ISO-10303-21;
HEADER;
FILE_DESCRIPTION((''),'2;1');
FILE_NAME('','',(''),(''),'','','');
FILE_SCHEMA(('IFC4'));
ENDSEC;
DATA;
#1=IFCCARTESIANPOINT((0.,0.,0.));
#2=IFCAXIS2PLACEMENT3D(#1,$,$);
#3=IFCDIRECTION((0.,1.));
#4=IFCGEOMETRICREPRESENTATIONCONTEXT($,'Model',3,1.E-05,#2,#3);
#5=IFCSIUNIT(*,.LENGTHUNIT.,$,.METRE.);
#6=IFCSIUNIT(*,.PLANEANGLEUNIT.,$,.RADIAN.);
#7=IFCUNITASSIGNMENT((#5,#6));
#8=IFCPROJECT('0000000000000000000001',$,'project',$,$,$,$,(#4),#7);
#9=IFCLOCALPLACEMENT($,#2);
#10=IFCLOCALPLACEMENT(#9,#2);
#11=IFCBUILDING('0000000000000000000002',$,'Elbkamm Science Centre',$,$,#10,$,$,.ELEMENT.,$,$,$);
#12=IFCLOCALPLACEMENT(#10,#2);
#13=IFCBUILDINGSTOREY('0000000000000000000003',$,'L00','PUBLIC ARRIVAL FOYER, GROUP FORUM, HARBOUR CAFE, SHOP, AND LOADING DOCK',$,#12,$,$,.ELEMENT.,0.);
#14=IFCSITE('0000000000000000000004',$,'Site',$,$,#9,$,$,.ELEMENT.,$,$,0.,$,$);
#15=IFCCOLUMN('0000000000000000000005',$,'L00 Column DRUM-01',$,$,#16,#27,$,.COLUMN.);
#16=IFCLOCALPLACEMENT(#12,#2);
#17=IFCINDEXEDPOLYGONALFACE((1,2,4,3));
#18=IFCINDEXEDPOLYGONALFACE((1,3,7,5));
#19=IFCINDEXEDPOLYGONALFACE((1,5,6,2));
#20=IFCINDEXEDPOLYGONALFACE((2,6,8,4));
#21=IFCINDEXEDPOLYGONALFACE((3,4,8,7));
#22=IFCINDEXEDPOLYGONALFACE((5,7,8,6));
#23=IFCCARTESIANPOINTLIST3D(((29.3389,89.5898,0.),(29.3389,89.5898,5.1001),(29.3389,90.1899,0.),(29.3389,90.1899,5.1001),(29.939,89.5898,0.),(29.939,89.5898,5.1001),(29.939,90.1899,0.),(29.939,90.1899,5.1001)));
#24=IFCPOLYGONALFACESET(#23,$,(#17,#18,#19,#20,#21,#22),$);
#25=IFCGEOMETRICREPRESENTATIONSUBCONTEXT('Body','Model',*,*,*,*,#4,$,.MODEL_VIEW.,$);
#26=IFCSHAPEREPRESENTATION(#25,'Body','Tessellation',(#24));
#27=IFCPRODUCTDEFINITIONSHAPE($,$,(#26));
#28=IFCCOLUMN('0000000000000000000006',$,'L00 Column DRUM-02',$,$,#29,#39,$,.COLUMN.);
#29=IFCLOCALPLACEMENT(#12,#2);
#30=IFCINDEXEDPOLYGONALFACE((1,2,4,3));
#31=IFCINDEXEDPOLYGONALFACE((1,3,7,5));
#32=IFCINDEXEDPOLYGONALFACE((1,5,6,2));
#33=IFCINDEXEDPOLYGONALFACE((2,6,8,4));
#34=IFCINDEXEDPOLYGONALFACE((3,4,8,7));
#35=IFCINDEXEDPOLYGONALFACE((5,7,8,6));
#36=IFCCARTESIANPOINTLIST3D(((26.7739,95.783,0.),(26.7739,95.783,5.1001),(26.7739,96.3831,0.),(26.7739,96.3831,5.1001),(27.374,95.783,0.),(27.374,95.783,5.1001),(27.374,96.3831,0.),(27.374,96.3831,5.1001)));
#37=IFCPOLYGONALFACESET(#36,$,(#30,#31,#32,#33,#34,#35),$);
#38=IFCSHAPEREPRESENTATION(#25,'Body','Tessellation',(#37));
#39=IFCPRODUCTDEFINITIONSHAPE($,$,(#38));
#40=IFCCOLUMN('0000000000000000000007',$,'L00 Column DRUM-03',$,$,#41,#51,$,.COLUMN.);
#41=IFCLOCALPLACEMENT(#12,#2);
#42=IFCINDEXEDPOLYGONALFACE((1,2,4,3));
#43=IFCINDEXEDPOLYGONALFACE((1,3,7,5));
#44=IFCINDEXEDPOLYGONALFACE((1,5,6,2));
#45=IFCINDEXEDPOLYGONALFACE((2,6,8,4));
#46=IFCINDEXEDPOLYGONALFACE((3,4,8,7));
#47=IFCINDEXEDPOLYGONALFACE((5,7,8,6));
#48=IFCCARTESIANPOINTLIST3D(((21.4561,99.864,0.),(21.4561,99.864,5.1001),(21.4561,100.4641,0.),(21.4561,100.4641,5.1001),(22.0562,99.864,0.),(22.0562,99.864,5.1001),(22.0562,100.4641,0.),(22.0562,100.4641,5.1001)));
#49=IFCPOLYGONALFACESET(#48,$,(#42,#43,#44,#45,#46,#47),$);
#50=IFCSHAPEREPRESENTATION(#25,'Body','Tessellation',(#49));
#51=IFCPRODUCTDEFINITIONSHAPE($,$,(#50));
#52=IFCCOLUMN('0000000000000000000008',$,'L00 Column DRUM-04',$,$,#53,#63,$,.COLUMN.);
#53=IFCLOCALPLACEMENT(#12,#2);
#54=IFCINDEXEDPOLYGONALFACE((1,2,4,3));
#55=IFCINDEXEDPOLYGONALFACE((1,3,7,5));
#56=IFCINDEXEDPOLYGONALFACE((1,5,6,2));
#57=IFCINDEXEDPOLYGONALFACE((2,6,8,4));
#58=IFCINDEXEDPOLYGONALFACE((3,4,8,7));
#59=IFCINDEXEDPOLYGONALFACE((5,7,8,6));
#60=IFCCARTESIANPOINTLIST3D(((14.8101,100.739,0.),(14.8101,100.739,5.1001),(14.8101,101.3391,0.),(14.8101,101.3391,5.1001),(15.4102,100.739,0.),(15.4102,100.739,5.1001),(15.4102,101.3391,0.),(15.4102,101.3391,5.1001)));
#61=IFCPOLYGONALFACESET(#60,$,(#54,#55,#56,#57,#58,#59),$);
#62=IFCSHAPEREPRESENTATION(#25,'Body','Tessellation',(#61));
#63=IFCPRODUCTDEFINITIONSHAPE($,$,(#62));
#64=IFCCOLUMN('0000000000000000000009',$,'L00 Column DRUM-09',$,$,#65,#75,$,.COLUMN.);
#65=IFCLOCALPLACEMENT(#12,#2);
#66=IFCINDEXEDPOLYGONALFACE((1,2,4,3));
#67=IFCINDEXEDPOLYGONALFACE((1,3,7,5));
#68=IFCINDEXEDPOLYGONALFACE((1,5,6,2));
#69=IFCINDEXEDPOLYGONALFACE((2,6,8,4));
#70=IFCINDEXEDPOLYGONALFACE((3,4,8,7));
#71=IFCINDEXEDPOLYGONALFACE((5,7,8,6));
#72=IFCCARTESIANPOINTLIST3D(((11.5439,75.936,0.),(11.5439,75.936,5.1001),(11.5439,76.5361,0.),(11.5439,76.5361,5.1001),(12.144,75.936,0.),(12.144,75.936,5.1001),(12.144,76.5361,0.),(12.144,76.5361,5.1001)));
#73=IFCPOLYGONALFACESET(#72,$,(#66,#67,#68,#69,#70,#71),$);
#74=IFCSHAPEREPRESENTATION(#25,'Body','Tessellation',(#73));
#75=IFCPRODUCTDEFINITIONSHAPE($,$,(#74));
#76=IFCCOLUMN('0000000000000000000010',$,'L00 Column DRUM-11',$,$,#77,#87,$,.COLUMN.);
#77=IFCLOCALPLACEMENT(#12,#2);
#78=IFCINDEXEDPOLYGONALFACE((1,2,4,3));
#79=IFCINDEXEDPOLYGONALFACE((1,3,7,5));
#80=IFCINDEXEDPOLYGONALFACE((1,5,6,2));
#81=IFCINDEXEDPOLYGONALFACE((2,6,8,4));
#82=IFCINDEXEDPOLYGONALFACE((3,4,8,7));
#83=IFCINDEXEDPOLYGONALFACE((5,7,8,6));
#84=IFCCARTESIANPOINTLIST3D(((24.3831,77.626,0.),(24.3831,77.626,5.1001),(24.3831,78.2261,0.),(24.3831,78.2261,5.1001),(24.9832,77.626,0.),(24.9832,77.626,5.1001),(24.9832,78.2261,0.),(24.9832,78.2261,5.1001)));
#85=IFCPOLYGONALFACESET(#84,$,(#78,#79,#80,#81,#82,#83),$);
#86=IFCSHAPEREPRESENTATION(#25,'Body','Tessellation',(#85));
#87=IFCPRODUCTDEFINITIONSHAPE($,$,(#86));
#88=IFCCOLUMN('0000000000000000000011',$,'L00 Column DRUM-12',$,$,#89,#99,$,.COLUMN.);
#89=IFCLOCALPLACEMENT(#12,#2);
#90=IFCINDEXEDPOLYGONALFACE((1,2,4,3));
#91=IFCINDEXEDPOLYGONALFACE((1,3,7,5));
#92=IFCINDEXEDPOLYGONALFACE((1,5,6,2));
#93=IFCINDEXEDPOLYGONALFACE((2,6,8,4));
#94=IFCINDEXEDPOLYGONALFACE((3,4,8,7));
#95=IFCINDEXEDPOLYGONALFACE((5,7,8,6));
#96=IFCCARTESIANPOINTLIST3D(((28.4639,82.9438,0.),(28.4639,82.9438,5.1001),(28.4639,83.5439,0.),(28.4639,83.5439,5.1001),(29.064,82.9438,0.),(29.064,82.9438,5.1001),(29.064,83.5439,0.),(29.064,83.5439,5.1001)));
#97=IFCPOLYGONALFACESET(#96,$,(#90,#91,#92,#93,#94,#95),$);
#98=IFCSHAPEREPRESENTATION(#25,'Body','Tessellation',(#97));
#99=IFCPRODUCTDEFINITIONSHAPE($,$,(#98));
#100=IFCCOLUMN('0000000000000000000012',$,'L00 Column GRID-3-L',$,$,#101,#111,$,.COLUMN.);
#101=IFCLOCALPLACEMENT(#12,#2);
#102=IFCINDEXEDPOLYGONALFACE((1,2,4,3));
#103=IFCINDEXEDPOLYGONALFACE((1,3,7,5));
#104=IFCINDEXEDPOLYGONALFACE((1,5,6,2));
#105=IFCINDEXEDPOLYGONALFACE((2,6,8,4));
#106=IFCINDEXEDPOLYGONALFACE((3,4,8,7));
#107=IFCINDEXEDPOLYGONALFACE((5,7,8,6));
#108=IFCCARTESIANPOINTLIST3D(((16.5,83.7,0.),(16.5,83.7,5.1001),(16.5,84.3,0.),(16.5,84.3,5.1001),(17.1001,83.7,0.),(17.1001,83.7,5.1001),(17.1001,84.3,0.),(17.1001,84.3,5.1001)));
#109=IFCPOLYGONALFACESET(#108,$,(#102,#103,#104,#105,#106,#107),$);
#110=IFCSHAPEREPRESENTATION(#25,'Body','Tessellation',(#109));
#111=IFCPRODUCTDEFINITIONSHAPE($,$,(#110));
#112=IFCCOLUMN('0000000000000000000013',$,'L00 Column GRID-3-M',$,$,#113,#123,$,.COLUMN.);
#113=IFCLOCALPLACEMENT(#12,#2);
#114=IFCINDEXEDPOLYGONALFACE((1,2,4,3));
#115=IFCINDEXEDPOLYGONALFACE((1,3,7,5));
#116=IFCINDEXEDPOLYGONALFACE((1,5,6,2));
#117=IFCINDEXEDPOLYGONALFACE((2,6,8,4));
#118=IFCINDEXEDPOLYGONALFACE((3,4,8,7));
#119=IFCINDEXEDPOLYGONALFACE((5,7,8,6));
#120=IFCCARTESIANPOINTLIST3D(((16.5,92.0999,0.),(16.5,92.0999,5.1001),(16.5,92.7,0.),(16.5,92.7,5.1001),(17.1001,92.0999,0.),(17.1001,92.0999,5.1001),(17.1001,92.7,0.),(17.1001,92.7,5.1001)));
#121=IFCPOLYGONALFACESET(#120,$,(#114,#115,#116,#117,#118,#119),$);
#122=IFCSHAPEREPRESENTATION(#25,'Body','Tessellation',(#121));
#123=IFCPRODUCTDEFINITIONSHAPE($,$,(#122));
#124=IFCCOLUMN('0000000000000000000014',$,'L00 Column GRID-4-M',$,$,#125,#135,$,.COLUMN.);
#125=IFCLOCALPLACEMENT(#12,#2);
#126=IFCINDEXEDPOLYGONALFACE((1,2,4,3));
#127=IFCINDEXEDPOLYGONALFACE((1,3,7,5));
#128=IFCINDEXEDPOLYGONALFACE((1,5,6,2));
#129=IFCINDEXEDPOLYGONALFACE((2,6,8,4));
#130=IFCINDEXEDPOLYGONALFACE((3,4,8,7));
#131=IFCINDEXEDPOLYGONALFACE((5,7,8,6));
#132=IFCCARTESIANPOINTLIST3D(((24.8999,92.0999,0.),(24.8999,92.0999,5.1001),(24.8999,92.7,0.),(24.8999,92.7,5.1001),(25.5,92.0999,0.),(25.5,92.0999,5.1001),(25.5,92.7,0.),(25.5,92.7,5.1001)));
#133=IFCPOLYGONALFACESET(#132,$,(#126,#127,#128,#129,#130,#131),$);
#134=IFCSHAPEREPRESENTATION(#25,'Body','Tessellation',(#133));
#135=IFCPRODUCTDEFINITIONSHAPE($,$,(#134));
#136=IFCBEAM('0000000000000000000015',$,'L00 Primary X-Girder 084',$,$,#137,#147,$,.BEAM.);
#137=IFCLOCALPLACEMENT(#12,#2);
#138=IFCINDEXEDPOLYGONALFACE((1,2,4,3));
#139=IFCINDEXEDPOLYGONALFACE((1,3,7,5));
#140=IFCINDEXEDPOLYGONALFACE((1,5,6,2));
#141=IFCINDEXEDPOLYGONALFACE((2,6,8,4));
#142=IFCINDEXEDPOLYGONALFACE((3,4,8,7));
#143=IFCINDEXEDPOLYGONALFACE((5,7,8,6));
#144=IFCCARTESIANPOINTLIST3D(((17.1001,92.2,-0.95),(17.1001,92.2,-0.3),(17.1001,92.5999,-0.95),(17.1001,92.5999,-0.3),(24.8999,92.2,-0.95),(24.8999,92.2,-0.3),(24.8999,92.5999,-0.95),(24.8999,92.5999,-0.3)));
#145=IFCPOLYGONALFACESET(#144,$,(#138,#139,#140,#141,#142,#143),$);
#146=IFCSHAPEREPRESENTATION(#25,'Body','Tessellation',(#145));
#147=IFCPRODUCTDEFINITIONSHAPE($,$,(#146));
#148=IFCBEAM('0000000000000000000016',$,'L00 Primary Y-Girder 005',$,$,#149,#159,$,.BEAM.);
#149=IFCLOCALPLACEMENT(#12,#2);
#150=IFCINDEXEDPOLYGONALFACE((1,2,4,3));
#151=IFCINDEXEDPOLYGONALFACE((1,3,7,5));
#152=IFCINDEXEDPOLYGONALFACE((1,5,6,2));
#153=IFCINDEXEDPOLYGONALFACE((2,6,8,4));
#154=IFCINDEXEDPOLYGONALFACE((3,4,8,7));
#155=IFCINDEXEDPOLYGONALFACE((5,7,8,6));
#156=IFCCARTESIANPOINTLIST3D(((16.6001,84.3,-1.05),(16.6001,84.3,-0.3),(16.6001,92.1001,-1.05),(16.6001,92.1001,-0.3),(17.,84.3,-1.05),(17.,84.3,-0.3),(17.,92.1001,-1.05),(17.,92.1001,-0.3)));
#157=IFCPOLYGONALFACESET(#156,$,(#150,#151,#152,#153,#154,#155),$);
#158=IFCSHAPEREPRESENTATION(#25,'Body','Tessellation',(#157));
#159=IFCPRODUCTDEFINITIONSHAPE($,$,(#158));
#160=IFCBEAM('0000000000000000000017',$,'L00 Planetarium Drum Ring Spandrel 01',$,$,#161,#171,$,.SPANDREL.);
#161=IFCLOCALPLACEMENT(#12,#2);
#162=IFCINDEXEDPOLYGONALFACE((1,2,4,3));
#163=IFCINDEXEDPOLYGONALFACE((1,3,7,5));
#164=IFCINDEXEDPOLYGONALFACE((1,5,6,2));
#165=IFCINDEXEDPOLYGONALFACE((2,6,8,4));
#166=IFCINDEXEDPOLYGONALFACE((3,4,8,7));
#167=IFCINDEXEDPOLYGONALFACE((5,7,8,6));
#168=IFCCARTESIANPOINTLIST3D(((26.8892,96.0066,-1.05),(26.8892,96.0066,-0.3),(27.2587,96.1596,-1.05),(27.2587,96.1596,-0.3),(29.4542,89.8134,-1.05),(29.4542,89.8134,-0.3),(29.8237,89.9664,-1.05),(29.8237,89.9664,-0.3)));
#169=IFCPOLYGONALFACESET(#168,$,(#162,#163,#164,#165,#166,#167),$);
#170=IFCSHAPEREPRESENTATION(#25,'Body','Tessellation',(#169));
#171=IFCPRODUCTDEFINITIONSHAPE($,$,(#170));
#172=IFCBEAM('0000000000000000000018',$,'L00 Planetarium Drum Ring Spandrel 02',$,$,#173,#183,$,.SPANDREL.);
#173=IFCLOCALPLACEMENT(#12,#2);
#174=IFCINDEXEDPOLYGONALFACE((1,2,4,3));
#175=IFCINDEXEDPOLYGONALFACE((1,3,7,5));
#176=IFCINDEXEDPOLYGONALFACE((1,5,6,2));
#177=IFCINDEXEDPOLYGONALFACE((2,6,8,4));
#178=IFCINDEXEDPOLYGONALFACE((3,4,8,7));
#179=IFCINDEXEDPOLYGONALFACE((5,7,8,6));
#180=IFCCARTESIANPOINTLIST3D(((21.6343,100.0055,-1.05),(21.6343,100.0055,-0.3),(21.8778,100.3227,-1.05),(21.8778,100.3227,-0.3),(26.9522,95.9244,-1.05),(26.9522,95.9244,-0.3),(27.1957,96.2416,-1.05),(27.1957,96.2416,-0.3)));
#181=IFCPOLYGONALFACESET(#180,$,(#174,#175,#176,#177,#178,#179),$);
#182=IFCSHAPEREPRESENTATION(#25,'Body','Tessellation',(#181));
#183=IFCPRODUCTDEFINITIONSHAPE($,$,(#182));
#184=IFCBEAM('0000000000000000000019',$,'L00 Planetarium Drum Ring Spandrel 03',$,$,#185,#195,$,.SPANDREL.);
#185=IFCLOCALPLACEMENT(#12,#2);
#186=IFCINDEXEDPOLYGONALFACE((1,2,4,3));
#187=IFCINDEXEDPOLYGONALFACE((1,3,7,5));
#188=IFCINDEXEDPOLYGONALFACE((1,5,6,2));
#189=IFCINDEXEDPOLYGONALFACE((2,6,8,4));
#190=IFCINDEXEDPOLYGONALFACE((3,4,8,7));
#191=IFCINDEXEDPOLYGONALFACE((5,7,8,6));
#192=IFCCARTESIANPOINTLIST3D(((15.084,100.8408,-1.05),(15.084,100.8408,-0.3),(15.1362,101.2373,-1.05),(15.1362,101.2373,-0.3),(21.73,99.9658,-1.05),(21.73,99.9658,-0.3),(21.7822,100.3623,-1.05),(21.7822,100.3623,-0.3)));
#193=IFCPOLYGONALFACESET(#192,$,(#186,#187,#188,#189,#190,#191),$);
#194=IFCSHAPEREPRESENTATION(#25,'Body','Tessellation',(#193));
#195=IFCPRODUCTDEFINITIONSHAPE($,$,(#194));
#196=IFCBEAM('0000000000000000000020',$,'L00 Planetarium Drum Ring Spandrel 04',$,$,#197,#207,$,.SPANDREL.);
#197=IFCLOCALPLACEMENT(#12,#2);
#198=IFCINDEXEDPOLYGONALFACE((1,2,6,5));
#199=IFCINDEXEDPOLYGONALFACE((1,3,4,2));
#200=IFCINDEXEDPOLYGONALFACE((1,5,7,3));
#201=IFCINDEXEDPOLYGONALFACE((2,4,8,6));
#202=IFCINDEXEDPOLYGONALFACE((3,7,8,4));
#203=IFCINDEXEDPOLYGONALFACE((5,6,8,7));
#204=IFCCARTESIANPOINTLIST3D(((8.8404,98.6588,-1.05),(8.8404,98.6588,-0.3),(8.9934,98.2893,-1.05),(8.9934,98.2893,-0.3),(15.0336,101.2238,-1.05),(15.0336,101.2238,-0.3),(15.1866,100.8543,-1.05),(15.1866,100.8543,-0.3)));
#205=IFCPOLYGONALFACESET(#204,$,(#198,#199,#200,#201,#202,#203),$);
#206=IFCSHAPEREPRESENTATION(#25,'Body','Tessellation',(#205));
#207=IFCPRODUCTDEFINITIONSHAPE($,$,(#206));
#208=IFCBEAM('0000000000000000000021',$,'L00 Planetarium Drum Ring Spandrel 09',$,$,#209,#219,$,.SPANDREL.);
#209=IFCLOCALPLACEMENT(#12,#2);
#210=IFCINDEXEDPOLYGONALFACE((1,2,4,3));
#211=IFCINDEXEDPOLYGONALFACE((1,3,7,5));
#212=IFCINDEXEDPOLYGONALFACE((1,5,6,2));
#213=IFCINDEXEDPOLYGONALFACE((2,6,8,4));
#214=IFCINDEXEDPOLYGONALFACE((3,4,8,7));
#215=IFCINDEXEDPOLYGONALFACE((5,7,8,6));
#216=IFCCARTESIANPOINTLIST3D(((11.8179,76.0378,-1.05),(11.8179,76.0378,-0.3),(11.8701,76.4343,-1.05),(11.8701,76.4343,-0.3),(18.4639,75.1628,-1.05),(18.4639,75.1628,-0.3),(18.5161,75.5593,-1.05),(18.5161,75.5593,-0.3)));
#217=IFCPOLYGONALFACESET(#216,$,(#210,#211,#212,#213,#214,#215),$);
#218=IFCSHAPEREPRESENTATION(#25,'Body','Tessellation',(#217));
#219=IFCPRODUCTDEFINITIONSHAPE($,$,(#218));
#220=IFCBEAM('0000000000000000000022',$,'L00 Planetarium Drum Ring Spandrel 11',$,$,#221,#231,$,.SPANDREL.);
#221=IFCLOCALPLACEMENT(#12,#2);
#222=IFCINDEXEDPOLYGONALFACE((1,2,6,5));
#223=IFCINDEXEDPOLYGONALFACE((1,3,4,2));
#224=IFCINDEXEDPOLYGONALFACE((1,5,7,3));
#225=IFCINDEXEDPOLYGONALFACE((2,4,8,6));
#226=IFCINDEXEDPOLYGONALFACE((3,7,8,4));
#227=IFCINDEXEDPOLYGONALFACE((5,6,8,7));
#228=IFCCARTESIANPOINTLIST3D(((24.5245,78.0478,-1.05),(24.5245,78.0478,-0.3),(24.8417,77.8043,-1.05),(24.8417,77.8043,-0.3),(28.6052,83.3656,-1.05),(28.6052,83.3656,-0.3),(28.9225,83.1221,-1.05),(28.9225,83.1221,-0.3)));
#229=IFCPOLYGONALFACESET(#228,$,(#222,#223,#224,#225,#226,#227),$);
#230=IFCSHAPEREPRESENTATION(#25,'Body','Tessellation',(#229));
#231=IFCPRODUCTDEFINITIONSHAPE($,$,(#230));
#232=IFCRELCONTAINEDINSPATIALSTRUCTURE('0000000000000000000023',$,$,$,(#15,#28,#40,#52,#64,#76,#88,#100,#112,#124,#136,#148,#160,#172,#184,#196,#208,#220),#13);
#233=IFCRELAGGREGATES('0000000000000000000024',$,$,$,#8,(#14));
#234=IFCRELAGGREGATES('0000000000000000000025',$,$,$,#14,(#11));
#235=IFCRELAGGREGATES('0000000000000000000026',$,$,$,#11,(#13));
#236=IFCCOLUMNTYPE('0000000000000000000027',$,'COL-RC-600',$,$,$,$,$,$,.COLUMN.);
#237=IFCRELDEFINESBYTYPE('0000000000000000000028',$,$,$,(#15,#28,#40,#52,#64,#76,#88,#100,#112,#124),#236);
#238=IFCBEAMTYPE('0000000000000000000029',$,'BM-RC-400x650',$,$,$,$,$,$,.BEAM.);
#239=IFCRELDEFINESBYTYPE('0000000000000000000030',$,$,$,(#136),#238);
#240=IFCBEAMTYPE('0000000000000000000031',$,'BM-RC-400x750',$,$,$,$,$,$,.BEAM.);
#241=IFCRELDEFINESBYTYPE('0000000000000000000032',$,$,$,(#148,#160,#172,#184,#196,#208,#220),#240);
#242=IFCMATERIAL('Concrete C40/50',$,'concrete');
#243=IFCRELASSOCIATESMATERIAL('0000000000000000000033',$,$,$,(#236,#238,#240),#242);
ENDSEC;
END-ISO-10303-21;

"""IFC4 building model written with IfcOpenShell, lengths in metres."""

from ifc_helpers import new_model, si_unit, direction, frame, origin, origin_2d, place, context, subcontext, project, spatial, rectangle, extrude, material, material_profile, profile_set, type_object, element, save


model = new_model("IFC4")

# Units and contexts
model_context = context("Model", 3, precision=1e-05, world=origin(), true_north=direction((0.0, 1.0)))
body_context = subcontext(model_context, "Body", "Model", "MODEL_VIEW")
ifc_project = project(units=[si_unit("LENGTHUNIT", "METRE"), si_unit("PLANEANGLEUNIT", "RADIAN")], contexts=[model_context])

# Site, building, storey
site_placement = place(None, origin())
site = spatial("IfcSite", under=ifc_project, at=site_placement, Name="Site", CompositionType="ELEMENT", RefElevation=0.0)
building_placement = place(site_placement, origin())
building = spatial("IfcBuilding", under=site, at=building_placement, Name="Elbkamm Science Centre", CompositionType="ELEMENT")
storey_placement = place(building_placement, origin())
storey = spatial("IfcBuildingStorey", under=building, at=storey_placement, Name="L00", Description="PUBLIC ARRIVAL FOYER, GROUP FORUM, HARBOUR CAFE, SHOP, AND LOADING DOCK", CompositionType="ELEMENT", Elevation=0.0)

# Columns
ifc_material_1 = material(Name="Concrete C40/50", Category="concrete")
ifc_material_profile_1 = material_profile(ifc_material_1, rectangle(XDim=0.6001, YDim=0.6001, at=origin_2d()), Name="RC 600x600")
ifc_profile_set_1 = profile_set([ifc_material_profile_1], Name="Concrete C40/50")
column_type = type_object("IfcColumnType", Name="COL-RC-600", PredefinedType="COLUMN", material=ifc_profile_set_1)
for number, where, z_axis, x_axis, name in (
    (1, (29.6389, 89.8899, 0.0), (0.0, 0.0, 1.0), (1.0, 0.0, 0.0), "L00 Column DRUM-01"),
    (2, (27.074, 96.083, 0.0), (0.0, 0.0, 1.0), (1.0, 0.0, 0.0), "L00 Column DRUM-02"),
    (3, (21.7561, 100.1641, 0.0), (0.0, 0.0, 1.0), (1.0, 0.0, 0.0), "L00 Column DRUM-03"),
    (4, (15.1101, 101.0391, 0.0), (0.0, 0.0, 1.0), (1.0, 0.0, 0.0), "L00 Column DRUM-04"),
    (5, (11.844, 76.2361, 0.0), (0.0, 0.0, 1.0), (1.0, 0.0, 0.0), "L00 Column DRUM-09"),
    (6, (24.6831, 77.926, 0.0), (0.0, 0.0, 1.0), (1.0, 0.0, 0.0), "L00 Column DRUM-11"),
    (7, (28.7639, 83.2439, 0.0), (0.0, 0.0, 1.0), (1.0, 0.0, 0.0), "L00 Column DRUM-12"),
    (8, (16.8, 84.0, 0.0), (0.0, 0.0, 1.0), (1.0, 0.0, 0.0), "L00 Column GRID-3-L"),
    (9, (16.8, 92.3999, 0.0), (0.0, 0.0, 1.0), (1.0, 0.0, 0.0), "L00 Column GRID-3-M"),
    (10, (25.2, 92.3999, 0.0), (0.0, 0.0, 1.0), (1.0, 0.0, 0.0), "L00 Column GRID-4-M"),
):
    element("IfcColumn", number, at=place(storey_placement, frame(where, z_axis=z_axis, x_axis=x_axis)), inside=storey, type_object=column_type, Name=name, PredefinedType="COLUMN", context=body_context, shape_type="SweptSolid", body=[
        extrude(rectangle(XDim=0.6001, YDim=0.6001, at=origin_2d()), origin(), (0.0, 0.0, 1.0), 5.1001),
    ])

# Beams
ifc_material_profile_2 = material_profile(ifc_material_1, rectangle(XDim=0.3999, YDim=0.6499, at=origin_2d()), Name="RC 400x650")
ifc_profile_set_2 = profile_set([ifc_material_profile_2], Name="Concrete C40/50")
beam_type_1 = type_object("IfcBeamType", Name="BM-RC-400x650", PredefinedType="BEAM", material=ifc_profile_set_2)
beam_1_placement = place(storey_placement, frame((17.1001, 92.3999, -0.625), z_axis=(1.0, 0.0, 0.0), x_axis=(0.0, 1.0, 0.0)))
element("IfcBeam", 11, at=beam_1_placement, inside=storey, type_object=beam_type_1, Name="L00 Primary X-Girder 084", PredefinedType="BEAM", context=body_context, shape_type="SweptSolid", body=[
    extrude(rectangle(XDim=0.3999, YDim=0.6499, at=origin_2d()), origin(), (0.0, 0.0, 1.0), 7.7998),
])
ifc_material_profile_3 = material_profile(ifc_material_1, rectangle(XDim=0.3999, YDim=0.75, at=origin_2d()), Name="RC 400x750")
ifc_profile_set_3 = profile_set([ifc_material_profile_3], Name="Concrete C40/50")
beam_type_2 = type_object("IfcBeamType", Name="BM-RC-400x750", PredefinedType="BEAM", material=ifc_profile_set_3)
beam_2_placement = place(storey_placement, frame((16.8, 84.3, -0.675), z_axis=(0.0, 1.0, 0.0), x_axis=(-1.0, 0.0, 0.0)))
element("IfcBeam", 12, at=beam_2_placement, inside=storey, type_object=beam_type_2, Name="L00 Primary Y-Girder 005", PredefinedType="BEAM", context=body_context, shape_type="SweptSolid", body=[
    extrude(rectangle(XDim=0.3999, YDim=0.75, at=origin_2d()), origin(), (0.0, 0.0, 1.0), 7.8),
])
for number, where, z_axis, x_axis, name in (
    (13, (29.6389, 89.8899, -0.675), (-0.382641, 0.923897, 0.0), (-0.923897, -0.382641, 0.0), "L00 Planetarium Drum Ring Spandrel 01"),
    (14, (27.074, 96.083, -0.675), (-0.793317, 0.608809, 0.0), (-0.608809, -0.793317, 0.0), "L00 Planetarium Drum Ring Spandrel 02"),
    (15, (21.7561, 100.1641, -0.675), (-0.991444, 0.130532, 0.0), (-0.130532, -0.991444, 0.0), "L00 Planetarium Drum Ring Spandrel 03"),
    (16, (15.1101, 101.0391, -0.675), (-0.923897, -0.382641, 0.0), (0.382641, -0.923897, 0.0), "L00 Planetarium Drum Ring Spandrel 04"),
    (17, (11.844, 76.2361, -0.675), (0.991444, -0.130532, 0.0), (0.130532, 0.991444, 0.0), "L00 Planetarium Drum Ring Spandrel 09"),
):
    element("IfcBeam", number, at=place(storey_placement, frame(where, z_axis=z_axis, x_axis=x_axis)), inside=storey, type_object=beam_type_2, Name=name, PredefinedType="SPANDREL", context=body_context, shape_type="SweptSolid", body=[
        extrude(rectangle(XDim=0.3999, YDim=0.75, at=origin_2d()), origin(), (0.0, 0.0, 1.0), 6.7034),
    ])
beam_3_placement = place(storey_placement, frame((24.6831, 77.926, -0.675), z_axis=(0.608786, 0.793334, 0.0), x_axis=(-0.793334, 0.608786, 0.0)))
element("IfcBeam", 18, at=beam_3_placement, inside=storey, type_object=beam_type_2, Name="L00 Planetarium Drum Ring Spandrel 11", PredefinedType="SPANDREL", context=body_context, shape_type="SweptSolid", body=[
    extrude(rectangle(XDim=0.3999, YDim=0.75, at=origin_2d()), origin(), (0.0, 0.0, 1.0), 6.7031),
])

save(model, "model.ifc")
